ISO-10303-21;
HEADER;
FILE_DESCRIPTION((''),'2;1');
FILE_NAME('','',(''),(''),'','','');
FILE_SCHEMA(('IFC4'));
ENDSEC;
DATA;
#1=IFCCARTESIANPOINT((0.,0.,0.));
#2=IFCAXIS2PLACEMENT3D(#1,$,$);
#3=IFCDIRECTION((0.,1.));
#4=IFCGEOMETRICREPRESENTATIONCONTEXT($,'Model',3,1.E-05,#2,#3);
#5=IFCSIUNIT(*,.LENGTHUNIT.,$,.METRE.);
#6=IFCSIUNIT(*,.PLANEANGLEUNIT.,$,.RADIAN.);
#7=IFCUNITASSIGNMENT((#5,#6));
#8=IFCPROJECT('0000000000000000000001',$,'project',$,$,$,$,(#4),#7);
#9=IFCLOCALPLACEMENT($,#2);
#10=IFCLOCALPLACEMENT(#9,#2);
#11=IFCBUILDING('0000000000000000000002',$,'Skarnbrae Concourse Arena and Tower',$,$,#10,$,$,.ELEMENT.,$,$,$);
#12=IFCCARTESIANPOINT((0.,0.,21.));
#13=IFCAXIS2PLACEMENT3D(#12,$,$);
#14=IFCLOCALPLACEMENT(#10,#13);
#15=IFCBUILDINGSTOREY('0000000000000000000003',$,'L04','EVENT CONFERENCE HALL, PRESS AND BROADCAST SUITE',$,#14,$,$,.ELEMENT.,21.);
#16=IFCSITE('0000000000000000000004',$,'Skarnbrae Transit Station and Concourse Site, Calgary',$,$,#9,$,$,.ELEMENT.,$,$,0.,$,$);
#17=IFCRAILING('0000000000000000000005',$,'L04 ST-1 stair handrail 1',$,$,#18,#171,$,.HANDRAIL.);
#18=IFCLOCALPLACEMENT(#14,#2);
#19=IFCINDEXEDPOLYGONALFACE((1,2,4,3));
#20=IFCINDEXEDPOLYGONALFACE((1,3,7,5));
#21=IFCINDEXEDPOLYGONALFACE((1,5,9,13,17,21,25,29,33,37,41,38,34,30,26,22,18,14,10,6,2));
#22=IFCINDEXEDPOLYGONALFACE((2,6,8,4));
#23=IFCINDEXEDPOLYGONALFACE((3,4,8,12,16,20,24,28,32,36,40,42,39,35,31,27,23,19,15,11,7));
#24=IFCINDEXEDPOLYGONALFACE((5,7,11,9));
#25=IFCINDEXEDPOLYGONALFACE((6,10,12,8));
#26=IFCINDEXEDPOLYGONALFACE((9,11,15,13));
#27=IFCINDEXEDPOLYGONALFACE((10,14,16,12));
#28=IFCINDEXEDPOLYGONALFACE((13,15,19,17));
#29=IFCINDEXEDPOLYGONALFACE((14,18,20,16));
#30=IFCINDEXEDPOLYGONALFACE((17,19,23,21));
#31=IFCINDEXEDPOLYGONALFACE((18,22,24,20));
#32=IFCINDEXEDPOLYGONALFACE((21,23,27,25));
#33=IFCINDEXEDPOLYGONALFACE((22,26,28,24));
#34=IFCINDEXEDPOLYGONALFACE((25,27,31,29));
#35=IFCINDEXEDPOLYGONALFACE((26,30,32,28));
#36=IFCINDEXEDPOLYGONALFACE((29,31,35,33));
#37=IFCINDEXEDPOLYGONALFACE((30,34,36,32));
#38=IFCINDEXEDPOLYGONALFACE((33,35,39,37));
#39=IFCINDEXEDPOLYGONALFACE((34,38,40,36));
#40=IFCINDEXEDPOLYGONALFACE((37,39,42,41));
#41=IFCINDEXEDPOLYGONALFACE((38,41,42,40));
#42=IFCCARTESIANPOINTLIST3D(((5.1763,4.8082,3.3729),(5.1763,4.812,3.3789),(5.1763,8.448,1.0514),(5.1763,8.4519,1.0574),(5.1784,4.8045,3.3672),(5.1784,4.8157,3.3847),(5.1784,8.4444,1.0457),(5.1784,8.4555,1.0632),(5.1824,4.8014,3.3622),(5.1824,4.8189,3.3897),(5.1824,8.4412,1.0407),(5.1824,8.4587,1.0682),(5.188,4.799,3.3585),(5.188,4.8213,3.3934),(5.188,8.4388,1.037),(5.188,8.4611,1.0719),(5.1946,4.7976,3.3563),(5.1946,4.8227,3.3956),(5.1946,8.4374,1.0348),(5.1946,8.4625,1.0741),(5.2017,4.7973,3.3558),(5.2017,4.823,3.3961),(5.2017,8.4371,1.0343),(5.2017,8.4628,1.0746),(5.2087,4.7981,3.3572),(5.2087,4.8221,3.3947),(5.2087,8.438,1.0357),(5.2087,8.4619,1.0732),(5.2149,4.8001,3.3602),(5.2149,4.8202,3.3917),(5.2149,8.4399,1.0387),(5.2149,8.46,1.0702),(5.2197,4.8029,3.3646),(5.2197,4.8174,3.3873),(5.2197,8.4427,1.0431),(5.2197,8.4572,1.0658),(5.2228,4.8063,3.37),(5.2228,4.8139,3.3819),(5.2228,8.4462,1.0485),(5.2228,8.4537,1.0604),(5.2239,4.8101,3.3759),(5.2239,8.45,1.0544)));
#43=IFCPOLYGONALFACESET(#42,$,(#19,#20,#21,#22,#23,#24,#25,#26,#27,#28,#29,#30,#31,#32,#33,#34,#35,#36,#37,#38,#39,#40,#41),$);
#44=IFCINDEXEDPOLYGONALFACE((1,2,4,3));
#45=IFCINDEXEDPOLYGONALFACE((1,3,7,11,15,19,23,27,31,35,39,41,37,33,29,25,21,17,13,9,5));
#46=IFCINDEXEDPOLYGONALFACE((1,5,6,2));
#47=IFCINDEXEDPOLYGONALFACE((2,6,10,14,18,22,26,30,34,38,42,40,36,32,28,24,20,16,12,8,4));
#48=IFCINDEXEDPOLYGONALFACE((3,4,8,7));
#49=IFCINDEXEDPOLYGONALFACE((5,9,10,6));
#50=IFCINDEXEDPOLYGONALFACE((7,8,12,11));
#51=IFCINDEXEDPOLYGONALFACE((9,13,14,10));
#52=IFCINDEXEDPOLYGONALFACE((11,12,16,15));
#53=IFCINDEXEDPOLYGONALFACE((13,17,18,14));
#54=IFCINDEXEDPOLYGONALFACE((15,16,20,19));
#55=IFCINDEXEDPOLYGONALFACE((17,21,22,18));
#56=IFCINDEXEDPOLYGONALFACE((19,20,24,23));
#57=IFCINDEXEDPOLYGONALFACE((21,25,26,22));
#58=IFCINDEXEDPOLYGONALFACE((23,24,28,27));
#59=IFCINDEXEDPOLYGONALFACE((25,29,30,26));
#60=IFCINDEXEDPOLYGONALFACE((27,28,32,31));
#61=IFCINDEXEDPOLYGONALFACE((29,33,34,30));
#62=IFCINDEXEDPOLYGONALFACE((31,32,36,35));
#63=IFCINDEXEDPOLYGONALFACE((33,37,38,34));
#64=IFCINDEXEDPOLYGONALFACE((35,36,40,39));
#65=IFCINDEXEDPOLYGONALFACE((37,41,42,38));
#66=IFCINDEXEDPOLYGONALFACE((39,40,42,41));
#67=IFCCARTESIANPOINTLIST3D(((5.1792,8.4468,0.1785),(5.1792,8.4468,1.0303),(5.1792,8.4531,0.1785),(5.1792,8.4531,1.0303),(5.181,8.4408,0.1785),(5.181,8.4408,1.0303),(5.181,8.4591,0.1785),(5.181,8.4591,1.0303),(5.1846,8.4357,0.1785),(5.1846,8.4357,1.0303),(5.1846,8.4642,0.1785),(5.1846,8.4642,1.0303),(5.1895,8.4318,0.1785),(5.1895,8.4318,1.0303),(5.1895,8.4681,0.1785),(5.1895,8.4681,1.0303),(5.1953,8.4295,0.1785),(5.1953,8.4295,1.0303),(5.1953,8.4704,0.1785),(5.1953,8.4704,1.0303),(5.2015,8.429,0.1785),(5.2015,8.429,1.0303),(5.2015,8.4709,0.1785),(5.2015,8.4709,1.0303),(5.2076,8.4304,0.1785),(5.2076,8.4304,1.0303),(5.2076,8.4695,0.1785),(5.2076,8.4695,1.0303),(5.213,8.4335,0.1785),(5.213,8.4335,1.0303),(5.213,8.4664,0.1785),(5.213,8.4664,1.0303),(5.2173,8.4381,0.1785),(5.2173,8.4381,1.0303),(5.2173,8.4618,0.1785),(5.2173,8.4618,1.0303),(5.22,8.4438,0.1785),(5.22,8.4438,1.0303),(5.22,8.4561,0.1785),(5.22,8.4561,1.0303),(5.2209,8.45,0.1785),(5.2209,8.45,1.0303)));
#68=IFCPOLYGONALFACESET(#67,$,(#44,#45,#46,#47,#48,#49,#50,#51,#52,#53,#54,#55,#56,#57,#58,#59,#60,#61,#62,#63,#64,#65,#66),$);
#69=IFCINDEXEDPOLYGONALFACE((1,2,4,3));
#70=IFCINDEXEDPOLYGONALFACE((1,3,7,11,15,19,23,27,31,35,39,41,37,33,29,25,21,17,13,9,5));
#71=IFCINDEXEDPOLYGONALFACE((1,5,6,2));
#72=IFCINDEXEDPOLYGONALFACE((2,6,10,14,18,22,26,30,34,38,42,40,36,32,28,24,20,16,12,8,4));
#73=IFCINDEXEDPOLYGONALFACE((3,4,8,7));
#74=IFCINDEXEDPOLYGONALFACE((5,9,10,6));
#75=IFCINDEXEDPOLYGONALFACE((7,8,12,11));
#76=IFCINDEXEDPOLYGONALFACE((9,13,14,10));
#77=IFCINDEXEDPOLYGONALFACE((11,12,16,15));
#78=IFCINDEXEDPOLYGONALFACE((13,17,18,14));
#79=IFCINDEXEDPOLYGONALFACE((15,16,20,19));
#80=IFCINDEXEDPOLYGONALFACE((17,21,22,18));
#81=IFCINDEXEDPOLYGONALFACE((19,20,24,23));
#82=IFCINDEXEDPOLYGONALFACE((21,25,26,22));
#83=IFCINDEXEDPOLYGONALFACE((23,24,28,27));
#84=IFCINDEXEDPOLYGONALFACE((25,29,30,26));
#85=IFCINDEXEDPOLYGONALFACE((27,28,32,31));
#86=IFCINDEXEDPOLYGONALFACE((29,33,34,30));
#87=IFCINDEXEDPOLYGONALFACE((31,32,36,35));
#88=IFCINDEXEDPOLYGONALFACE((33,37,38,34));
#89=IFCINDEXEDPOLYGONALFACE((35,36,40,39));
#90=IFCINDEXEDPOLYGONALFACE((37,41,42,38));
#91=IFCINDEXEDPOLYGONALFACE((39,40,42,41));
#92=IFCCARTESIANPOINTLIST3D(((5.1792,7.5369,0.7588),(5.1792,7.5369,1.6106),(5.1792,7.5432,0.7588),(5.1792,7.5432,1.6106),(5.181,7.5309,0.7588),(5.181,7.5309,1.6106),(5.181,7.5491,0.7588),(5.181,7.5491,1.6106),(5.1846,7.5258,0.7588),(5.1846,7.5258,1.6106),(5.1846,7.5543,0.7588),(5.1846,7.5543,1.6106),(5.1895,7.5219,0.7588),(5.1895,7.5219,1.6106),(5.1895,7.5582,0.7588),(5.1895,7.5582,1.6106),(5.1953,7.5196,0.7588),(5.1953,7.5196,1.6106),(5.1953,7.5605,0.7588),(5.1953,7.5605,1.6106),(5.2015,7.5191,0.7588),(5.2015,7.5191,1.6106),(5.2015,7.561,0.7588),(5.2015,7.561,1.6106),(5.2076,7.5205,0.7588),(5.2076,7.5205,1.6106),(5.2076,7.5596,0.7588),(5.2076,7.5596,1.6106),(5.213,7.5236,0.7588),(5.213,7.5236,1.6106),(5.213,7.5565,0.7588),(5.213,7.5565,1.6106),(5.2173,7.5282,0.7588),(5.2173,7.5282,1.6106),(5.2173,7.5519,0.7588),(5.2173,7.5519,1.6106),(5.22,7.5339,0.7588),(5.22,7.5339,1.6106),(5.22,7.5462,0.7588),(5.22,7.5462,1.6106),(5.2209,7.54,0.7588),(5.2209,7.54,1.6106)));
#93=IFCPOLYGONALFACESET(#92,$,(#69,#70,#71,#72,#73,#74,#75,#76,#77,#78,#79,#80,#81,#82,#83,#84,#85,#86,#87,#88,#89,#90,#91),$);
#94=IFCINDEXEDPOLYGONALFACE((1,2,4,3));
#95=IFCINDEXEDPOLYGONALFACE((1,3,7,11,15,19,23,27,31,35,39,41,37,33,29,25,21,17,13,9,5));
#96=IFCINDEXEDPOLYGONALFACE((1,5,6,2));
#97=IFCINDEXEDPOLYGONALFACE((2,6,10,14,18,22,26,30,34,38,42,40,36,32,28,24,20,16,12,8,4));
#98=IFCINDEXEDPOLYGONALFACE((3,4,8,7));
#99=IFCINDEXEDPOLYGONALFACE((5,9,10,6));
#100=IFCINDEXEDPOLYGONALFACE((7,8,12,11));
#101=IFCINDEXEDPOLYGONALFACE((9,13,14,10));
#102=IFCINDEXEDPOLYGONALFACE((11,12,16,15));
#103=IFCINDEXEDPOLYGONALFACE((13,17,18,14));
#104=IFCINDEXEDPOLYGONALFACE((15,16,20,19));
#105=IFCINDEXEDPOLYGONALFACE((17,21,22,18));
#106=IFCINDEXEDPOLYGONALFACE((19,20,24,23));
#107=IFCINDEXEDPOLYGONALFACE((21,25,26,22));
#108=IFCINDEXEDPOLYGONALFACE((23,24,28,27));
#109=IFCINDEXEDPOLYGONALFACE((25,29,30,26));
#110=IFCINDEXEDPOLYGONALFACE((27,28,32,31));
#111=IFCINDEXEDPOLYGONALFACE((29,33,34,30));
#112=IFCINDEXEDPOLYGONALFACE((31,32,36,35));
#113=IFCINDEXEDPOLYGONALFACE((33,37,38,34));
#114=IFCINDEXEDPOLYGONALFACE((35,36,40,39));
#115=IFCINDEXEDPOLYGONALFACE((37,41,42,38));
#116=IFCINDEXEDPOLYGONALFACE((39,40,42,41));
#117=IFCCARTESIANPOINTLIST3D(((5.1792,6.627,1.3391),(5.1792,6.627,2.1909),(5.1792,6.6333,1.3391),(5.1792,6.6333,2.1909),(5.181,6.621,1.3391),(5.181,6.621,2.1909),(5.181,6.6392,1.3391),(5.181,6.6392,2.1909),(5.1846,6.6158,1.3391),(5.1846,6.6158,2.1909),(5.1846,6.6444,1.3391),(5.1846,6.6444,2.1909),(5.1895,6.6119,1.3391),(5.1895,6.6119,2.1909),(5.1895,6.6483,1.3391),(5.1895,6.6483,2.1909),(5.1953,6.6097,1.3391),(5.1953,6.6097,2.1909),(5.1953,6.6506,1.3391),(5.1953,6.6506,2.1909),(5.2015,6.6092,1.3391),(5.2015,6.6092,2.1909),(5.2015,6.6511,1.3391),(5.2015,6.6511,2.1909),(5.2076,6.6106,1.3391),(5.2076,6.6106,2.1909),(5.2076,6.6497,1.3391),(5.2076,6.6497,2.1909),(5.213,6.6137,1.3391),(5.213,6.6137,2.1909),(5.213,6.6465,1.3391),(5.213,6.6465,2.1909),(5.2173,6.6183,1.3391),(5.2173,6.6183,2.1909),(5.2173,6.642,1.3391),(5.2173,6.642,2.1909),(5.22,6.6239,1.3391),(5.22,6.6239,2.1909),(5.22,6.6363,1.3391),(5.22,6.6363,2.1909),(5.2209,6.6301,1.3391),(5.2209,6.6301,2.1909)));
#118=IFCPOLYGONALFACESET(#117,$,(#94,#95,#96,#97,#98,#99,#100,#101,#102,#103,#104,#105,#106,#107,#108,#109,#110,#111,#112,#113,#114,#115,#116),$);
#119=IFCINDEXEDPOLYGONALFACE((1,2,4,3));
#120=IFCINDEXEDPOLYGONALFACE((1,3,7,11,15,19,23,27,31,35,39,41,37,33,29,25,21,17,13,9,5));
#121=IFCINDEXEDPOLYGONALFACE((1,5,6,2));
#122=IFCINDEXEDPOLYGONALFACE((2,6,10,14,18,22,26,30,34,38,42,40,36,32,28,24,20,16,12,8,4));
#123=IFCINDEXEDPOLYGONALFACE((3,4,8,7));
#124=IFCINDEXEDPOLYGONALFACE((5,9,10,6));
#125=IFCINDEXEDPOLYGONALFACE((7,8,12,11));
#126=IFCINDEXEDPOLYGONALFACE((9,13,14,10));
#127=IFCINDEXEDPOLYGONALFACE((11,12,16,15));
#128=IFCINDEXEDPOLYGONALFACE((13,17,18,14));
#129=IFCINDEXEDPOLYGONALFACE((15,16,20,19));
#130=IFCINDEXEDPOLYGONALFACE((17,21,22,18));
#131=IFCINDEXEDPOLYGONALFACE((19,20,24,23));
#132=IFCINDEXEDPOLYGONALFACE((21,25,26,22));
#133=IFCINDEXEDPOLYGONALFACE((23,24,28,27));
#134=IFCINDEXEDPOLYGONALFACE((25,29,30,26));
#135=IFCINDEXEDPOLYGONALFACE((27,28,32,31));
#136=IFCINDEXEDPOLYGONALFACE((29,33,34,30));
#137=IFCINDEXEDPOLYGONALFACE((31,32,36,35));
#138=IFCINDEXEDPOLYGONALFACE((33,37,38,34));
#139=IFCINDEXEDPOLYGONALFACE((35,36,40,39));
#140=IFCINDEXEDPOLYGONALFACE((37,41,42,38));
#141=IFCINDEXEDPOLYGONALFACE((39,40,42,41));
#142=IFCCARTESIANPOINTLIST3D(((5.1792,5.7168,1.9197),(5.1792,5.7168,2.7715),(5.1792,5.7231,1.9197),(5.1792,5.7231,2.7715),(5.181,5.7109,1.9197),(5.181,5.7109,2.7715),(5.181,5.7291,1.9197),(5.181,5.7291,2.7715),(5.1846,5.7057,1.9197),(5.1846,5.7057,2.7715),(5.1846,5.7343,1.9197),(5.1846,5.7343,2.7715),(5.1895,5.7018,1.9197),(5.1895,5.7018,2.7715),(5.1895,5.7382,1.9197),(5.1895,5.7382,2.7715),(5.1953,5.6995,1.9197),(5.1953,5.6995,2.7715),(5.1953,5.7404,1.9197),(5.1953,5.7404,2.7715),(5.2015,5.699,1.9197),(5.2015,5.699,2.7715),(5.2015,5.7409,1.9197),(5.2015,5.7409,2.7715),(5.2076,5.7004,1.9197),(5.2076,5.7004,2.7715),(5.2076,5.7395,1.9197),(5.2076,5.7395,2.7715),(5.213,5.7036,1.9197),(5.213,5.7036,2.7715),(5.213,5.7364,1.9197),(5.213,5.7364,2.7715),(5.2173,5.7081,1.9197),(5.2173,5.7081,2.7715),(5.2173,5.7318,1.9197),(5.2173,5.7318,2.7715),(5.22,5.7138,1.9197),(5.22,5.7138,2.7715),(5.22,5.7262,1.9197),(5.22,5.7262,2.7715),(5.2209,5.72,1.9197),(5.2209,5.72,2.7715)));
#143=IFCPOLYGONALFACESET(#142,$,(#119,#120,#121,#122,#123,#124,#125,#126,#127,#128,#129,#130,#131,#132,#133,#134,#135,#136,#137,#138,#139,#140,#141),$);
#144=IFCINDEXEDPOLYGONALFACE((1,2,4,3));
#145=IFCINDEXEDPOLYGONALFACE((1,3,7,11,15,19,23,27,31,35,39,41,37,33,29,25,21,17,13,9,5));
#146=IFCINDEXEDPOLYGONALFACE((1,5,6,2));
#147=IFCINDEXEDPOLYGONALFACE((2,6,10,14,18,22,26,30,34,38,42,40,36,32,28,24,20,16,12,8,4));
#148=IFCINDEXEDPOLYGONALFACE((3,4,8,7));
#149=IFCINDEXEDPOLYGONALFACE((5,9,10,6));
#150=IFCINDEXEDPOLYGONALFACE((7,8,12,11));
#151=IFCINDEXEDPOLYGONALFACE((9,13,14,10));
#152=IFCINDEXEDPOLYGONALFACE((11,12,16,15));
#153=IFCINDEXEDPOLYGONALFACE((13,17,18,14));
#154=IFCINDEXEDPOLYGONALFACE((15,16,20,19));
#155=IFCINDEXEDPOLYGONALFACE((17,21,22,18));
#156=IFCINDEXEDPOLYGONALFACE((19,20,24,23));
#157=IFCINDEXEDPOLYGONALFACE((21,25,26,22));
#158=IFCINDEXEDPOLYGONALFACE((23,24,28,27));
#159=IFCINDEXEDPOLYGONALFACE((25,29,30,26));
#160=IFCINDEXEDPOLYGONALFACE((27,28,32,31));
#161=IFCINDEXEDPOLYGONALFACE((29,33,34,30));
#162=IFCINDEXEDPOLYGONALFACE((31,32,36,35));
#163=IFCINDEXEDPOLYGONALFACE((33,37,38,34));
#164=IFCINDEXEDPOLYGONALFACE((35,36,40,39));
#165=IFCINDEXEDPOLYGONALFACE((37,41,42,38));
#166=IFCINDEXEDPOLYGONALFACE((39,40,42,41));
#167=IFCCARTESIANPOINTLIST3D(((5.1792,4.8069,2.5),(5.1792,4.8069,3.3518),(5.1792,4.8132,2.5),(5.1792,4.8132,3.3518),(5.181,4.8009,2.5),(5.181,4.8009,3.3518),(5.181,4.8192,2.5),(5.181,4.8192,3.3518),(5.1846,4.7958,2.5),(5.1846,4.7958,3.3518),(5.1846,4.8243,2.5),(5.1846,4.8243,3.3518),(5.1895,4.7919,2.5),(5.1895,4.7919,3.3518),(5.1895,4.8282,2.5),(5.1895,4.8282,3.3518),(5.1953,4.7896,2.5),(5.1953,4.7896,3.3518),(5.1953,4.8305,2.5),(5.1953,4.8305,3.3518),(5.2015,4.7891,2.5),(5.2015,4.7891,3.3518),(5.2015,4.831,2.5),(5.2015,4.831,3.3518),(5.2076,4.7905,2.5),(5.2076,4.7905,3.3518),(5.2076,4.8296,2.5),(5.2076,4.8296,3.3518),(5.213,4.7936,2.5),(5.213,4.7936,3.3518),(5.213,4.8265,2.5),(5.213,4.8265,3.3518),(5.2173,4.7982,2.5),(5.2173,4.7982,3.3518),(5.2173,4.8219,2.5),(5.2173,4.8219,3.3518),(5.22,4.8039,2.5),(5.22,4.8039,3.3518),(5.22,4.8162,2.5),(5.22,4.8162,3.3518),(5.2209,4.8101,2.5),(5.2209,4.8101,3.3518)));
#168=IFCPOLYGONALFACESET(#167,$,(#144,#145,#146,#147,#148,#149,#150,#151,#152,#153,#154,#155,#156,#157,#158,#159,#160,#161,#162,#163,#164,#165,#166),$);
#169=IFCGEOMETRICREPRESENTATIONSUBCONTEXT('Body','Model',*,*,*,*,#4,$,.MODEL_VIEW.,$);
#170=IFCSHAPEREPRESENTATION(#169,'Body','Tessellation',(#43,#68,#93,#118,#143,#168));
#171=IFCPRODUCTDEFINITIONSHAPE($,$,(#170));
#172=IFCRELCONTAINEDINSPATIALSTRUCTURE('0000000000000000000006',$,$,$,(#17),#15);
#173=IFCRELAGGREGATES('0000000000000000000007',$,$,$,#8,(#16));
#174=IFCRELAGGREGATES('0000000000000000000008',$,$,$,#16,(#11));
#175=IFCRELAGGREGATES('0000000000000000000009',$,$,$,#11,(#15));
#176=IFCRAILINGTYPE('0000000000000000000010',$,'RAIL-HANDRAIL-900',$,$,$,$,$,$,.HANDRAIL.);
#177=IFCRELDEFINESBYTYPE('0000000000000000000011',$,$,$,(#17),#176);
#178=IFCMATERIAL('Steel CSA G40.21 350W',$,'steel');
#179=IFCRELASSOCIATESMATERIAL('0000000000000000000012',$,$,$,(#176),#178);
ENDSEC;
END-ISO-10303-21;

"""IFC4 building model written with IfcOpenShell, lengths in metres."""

from ifc_helpers import new_model, si_unit, direction, frame, origin, origin_2d, place, context, subcontext, project, spatial, circle, extrude, material, type_object, element, save


model = new_model("IFC4")

# Units and contexts
model_context = context("Model", 3, precision=1e-05, world=origin(), true_north=direction((0.0, 1.0)))
body_context = subcontext(model_context, "Body", "Model", "MODEL_VIEW")
ifc_project = project(units=[si_unit("LENGTHUNIT", "METRE"), si_unit("PLANEANGLEUNIT", "RADIAN")], contexts=[model_context])

# Site, building, storey
site_placement = place(None, origin())
site = spatial("IfcSite", under=ifc_project, at=site_placement, Name="Skarnbrae Transit Station and Concourse Site, Calgary", CompositionType="ELEMENT", RefElevation=0.0)
building_placement = place(site_placement, origin())
building = spatial("IfcBuilding", under=site, at=building_placement, Name="Skarnbrae Concourse Arena and Tower", CompositionType="ELEMENT")
storey_placement = place(building_placement, frame((0.0, 0.0, 21.0)))
storey = spatial("IfcBuildingStorey", under=building, at=storey_placement, Name="L04", Description="EVENT CONFERENCE HALL, PRESS AND BROADCAST SUITE", CompositionType="ELEMENT", Elevation=21.0)

# Shared definitions
ifc_material_1 = material(Name="Steel CSA G40.21 350W", Category="steel")

# Railing
railing_type_1 = type_object("IfcRailingType", Name="RAIL-HANDRAIL-900", PredefinedType="HANDRAIL", material=ifc_material_1)
railing_1_placement = place(storey_placement, frame((5.2, 8.45, 0.1785)))
element("IfcRailing", 1, at=railing_1_placement, inside=storey, type_object=railing_type_1, Name="L04 ST-1 stair handrail 1", PredefinedType="HANDRAIL", context=body_context, shape_type="SweptSolid", body=[
    extrude(circle(Radius=0.0239, at=origin_2d()), frame((0.0, 0.0, 0.876), z_axis=(0.0, -0.843112, 0.537739), x_axis=(1.0, 0.0, 0.0)), (0.0, 0.0, 1.0), 4.3171),
    extrude(circle(Radius=0.021, at=origin_2d()), origin(), (0.0, 0.0, 1.0), 0.8518),
    extrude(circle(Radius=0.021, at=origin_2d()), frame((0.0, -0.9099, 0.5803)), (0.0, 0.0, 1.0), 0.8518),
    extrude(circle(Radius=0.021, at=origin_2d()), frame((0.0, -1.8198, 1.1606)), (0.0, 0.0, 1.0), 0.8518),
    extrude(circle(Radius=0.021, at=origin_2d()), frame((0.0, -2.73, 1.7412)), (0.0, 0.0, 1.0), 0.8518),
    extrude(circle(Radius=0.021, at=origin_2d()), frame((0.0, -3.6399, 2.3215)), (0.0, 0.0, 1.0), 0.8518),
])

save(model, "model.ifc")
